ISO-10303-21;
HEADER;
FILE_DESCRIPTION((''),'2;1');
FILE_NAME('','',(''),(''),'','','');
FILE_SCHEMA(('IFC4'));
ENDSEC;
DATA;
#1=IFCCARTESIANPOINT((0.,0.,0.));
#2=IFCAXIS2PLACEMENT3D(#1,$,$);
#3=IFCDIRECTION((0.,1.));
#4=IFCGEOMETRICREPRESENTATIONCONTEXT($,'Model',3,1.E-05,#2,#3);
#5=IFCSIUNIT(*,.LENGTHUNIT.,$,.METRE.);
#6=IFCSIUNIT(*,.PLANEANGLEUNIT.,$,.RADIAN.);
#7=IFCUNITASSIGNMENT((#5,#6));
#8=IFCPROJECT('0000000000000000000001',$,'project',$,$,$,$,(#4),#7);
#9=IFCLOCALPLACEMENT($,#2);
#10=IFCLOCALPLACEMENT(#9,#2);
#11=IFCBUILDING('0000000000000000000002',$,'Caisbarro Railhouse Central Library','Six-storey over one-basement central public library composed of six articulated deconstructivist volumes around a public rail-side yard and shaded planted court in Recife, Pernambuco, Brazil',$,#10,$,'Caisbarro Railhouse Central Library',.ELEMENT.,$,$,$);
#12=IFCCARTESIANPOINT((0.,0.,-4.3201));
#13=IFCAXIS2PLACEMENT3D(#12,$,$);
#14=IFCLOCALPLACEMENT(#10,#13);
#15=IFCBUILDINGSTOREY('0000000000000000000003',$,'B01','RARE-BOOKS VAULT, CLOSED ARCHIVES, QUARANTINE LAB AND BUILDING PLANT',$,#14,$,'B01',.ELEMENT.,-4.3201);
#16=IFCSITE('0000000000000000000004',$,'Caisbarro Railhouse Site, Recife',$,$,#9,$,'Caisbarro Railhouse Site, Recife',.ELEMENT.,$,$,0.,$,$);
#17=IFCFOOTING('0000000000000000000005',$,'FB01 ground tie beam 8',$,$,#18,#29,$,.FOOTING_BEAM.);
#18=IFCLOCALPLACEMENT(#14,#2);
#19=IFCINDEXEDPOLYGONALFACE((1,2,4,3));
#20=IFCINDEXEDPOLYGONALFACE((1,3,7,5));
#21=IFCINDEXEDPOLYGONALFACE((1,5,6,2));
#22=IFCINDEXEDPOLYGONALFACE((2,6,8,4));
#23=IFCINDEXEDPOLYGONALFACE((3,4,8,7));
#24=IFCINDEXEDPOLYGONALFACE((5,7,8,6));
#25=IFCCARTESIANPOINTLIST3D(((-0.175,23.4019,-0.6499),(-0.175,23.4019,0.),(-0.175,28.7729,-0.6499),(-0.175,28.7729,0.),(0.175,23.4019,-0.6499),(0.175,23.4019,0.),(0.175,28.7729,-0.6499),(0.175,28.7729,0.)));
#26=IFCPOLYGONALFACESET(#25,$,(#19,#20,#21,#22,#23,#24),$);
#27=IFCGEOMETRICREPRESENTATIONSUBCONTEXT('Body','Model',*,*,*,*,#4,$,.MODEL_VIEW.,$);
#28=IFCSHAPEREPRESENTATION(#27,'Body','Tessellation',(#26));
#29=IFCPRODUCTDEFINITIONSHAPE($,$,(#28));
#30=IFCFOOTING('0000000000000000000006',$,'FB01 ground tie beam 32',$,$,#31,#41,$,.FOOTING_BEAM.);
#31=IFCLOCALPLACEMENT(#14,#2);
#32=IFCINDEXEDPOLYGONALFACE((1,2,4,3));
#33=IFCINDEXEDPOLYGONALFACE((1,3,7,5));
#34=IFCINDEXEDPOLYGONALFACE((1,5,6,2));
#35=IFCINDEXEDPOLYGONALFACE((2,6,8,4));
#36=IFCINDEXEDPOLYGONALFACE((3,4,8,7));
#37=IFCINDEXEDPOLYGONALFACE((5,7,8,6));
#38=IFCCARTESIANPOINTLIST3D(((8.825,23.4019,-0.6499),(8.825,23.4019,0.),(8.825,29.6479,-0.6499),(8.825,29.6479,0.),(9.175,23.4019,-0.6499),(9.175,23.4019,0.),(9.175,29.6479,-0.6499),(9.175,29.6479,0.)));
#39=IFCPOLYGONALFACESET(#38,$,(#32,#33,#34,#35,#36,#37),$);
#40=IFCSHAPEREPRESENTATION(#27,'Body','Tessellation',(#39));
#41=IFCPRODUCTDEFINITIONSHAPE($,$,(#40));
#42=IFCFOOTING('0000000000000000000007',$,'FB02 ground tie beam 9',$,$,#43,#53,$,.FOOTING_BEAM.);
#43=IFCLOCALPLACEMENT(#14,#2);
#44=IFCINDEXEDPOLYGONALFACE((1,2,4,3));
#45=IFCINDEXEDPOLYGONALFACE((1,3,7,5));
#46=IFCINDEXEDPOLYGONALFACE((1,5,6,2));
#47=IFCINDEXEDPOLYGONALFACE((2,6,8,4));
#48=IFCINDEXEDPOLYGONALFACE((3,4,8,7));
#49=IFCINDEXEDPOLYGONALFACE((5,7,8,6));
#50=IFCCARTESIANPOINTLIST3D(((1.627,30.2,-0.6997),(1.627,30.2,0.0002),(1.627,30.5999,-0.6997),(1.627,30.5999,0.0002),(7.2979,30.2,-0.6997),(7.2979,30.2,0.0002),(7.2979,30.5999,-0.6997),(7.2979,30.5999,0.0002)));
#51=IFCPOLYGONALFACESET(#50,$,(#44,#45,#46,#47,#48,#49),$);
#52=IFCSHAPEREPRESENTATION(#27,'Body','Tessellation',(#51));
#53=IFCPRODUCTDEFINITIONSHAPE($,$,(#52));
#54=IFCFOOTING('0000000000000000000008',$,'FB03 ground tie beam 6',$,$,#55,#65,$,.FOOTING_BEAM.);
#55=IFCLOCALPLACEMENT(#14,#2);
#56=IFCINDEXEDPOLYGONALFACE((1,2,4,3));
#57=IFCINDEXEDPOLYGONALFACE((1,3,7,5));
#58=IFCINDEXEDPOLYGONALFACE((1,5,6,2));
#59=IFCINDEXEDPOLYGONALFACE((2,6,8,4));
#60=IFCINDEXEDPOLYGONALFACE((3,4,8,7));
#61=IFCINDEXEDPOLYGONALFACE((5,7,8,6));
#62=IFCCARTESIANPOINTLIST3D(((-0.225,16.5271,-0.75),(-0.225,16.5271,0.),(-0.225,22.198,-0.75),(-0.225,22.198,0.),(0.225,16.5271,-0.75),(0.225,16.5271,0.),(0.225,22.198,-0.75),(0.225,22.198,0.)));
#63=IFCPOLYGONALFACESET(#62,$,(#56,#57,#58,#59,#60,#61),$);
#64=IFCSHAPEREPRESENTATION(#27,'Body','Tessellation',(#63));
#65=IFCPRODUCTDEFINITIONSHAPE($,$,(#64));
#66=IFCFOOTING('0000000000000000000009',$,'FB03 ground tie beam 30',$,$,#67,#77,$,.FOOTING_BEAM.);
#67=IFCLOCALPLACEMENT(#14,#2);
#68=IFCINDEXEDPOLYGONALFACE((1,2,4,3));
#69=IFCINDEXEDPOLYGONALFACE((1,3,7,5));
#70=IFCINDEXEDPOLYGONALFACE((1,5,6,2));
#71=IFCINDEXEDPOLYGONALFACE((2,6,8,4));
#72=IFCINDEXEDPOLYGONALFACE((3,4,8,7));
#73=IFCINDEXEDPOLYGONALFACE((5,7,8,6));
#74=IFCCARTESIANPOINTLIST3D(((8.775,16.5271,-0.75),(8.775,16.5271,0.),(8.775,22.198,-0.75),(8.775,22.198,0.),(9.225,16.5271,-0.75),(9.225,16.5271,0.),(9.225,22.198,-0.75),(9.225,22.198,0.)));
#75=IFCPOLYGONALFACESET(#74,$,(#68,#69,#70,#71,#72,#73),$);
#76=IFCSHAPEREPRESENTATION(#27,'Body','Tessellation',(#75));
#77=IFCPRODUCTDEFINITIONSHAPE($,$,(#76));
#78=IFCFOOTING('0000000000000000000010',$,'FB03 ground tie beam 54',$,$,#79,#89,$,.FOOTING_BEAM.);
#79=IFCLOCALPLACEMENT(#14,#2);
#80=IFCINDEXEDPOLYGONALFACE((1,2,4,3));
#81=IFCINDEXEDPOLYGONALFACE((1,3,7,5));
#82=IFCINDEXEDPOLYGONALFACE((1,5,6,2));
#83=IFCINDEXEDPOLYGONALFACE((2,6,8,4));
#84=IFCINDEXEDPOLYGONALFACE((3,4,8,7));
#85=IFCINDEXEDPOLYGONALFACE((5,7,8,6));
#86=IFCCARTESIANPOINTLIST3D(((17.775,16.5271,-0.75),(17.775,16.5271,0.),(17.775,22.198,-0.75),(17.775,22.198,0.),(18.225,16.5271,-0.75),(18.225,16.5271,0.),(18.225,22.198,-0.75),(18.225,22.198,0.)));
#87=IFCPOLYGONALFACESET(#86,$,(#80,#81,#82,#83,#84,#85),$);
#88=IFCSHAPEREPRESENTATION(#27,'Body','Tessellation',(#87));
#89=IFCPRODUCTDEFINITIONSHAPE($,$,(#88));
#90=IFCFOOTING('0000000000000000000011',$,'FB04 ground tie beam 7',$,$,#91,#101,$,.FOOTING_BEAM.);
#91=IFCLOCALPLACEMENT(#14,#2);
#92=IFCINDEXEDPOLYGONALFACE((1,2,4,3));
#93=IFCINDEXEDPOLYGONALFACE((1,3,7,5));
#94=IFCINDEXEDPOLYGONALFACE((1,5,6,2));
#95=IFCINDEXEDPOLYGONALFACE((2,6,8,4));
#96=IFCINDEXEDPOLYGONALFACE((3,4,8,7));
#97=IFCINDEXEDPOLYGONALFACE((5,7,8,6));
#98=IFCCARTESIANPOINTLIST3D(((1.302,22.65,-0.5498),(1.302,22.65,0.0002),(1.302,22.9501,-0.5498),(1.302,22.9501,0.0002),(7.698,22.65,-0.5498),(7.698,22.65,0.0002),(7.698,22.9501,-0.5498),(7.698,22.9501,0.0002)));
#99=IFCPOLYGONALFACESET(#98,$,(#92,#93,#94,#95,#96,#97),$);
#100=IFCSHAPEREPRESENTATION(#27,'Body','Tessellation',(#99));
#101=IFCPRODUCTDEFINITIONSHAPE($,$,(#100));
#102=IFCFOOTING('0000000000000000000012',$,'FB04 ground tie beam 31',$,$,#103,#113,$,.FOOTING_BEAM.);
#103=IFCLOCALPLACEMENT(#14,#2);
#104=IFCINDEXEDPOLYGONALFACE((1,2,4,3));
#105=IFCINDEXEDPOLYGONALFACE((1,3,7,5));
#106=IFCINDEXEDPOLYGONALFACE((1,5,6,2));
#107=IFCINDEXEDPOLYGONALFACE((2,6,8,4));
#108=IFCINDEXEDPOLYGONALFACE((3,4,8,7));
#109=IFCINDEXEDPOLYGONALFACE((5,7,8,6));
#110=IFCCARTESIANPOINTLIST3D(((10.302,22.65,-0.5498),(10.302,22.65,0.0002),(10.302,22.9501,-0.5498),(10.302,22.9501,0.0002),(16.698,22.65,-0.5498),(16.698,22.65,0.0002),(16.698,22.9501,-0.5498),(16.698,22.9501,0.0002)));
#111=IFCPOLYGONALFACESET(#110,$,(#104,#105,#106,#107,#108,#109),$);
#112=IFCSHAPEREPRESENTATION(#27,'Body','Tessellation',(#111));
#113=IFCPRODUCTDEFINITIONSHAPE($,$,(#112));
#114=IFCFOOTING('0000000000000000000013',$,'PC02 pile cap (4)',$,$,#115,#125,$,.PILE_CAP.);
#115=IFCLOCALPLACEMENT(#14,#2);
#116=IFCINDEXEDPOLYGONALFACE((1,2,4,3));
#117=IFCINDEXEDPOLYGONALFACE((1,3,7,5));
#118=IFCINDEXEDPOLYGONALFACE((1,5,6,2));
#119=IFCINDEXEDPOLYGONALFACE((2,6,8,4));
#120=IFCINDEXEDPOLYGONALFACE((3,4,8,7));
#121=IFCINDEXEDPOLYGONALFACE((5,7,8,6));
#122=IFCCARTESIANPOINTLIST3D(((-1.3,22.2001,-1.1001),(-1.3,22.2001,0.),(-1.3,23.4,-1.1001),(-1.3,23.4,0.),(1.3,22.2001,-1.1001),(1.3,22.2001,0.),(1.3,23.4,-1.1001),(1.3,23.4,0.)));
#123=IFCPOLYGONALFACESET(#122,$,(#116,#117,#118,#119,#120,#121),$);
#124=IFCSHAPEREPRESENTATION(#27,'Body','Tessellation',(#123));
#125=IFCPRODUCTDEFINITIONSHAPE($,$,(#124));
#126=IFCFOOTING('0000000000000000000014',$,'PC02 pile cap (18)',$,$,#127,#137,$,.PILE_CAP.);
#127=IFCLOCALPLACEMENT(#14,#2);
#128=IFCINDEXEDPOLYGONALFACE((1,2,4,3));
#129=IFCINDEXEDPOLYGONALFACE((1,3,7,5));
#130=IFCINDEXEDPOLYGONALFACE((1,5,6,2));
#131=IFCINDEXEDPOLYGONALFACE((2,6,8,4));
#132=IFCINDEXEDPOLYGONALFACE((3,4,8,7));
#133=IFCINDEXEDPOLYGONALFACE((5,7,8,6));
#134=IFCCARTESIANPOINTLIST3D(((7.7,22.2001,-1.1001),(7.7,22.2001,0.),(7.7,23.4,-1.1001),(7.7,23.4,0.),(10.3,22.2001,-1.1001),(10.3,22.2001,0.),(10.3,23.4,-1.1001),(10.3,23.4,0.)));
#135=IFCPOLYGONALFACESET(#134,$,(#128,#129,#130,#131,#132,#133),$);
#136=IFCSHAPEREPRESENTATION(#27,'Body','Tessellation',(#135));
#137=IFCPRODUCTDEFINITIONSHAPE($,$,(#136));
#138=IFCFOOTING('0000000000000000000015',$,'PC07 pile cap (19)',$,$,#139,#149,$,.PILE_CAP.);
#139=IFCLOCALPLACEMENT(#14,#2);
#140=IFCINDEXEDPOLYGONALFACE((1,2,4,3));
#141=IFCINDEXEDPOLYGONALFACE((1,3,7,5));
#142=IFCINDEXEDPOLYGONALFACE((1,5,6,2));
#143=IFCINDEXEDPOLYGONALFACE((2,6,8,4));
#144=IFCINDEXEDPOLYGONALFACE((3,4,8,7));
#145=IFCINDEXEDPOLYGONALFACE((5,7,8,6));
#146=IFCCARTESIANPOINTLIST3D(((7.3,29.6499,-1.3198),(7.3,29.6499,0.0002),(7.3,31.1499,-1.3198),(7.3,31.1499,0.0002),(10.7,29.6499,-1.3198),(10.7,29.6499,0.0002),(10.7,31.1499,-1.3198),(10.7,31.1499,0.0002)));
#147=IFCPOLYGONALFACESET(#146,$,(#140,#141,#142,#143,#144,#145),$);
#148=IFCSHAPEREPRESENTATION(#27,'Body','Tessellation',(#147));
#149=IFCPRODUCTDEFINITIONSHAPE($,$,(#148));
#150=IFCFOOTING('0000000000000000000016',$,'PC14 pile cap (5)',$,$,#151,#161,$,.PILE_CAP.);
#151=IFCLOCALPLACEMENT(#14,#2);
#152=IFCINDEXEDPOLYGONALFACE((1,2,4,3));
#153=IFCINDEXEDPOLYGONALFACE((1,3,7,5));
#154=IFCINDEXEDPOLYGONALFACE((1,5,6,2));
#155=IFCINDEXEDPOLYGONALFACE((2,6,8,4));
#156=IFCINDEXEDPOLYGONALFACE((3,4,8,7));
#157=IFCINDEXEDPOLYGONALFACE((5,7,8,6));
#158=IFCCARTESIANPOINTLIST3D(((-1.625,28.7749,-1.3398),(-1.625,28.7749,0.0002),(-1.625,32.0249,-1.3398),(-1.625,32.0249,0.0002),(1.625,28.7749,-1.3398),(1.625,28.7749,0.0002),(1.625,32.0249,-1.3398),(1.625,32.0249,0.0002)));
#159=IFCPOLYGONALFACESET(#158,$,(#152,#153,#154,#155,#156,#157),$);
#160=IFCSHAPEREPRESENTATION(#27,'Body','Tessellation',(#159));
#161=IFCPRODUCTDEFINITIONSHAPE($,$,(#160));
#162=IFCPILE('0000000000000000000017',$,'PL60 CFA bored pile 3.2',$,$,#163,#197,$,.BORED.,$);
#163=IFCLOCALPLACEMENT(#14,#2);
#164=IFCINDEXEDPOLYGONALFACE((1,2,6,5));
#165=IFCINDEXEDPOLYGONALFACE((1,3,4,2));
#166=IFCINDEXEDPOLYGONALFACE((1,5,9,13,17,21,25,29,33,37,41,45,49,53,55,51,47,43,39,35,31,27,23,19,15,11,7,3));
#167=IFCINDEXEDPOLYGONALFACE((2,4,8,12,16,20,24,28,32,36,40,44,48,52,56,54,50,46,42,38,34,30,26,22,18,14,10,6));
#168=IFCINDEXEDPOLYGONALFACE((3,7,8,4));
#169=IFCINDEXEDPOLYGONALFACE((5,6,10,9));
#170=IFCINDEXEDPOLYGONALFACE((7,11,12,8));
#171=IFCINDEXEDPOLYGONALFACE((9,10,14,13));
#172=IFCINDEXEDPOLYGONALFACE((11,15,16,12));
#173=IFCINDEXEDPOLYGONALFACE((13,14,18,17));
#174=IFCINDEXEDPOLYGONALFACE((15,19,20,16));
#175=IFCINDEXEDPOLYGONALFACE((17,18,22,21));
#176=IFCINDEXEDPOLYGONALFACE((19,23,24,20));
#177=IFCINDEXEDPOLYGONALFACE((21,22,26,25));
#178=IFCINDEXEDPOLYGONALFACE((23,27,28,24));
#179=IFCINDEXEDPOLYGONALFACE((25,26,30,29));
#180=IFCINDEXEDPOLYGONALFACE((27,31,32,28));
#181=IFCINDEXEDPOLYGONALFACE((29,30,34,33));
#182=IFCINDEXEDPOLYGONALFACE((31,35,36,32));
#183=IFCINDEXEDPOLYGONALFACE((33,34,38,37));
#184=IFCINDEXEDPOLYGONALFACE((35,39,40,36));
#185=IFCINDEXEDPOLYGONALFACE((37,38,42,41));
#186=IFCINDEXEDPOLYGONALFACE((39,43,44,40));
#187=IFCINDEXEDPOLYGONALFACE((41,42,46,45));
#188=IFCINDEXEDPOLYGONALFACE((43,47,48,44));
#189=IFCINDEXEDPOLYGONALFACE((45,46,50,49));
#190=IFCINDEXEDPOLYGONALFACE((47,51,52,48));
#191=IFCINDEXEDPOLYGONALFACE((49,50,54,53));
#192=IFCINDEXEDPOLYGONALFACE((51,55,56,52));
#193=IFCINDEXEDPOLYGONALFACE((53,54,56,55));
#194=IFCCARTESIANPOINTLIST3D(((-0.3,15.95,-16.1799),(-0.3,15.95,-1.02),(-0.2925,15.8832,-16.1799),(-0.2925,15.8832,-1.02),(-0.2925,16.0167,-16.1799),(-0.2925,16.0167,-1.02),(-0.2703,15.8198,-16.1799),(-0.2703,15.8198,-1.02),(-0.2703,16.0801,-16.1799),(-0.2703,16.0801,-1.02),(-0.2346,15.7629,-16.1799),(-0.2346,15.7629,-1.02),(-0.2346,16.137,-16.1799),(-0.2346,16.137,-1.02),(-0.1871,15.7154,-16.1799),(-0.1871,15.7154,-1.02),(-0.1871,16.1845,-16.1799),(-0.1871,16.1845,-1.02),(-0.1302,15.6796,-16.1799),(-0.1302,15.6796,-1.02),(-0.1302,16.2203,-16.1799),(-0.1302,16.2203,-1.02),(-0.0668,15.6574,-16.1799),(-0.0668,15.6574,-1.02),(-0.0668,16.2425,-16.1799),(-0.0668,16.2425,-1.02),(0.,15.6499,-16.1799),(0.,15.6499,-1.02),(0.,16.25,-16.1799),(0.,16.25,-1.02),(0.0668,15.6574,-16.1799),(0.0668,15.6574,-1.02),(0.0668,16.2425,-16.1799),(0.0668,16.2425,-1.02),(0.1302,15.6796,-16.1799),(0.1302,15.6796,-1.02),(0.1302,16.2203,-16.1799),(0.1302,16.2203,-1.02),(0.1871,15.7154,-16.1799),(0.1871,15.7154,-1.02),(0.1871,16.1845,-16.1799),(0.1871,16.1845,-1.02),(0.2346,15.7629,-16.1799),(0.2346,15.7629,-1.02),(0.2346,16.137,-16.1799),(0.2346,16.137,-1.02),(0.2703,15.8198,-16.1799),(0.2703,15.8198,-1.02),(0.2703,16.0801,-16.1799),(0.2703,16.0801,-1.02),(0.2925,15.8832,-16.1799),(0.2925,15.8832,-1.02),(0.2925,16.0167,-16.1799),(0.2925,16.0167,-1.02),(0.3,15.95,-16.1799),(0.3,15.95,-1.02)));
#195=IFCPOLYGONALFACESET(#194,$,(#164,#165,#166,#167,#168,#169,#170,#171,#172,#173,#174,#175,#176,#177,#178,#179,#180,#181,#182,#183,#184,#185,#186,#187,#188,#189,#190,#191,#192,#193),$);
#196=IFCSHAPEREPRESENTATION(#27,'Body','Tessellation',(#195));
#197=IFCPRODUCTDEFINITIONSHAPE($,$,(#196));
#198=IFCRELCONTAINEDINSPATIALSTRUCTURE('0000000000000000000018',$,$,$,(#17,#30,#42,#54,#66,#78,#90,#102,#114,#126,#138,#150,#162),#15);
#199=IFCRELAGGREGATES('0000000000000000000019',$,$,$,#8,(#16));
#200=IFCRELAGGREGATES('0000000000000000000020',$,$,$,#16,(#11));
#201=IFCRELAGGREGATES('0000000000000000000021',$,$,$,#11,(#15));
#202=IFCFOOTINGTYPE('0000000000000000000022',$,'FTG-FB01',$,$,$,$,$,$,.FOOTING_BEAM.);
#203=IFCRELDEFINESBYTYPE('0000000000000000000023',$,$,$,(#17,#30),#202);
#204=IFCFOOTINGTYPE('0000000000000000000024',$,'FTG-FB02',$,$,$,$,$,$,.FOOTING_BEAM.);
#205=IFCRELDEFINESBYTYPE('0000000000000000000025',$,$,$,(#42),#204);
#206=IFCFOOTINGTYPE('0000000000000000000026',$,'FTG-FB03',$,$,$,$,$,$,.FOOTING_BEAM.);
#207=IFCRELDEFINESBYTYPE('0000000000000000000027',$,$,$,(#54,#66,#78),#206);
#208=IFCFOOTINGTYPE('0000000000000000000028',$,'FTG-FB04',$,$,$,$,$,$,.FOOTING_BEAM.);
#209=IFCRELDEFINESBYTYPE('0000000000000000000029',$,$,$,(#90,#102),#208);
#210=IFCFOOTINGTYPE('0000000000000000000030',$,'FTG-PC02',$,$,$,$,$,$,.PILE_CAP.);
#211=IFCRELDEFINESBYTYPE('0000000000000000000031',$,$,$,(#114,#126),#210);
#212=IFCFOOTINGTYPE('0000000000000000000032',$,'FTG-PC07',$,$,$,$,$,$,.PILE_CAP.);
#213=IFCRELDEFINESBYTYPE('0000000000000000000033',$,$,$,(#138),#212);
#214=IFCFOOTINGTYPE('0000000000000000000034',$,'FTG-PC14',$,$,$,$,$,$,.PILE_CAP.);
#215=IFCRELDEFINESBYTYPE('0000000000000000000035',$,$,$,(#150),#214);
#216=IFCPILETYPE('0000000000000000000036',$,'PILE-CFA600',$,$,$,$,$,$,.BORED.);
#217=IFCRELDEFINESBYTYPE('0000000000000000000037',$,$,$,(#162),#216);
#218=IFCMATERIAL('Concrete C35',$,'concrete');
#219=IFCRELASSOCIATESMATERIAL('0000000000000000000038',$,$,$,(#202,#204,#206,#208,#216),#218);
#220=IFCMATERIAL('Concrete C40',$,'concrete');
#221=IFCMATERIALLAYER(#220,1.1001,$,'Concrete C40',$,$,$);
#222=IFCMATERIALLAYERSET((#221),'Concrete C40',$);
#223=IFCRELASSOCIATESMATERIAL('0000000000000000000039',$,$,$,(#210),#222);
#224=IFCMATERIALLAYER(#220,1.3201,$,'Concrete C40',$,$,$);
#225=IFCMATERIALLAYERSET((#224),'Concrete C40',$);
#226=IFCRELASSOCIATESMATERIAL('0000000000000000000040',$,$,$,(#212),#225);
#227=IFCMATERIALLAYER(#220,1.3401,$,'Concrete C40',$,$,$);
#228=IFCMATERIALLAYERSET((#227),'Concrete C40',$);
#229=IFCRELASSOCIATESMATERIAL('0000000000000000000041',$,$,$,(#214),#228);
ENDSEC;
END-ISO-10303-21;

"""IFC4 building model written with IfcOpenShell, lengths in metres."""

from ifc_helpers import new_model, si_unit, direction, frame, origin, origin_2d, place, context, subcontext, project, spatial, rectangle, circle, extrude, material, layer, layer_set, material_profile, profile_set, type_object, element, save


model = new_model("IFC4")

# Units and contexts
model_context = context("Model", 3, precision=1e-05, world=origin(), true_north=direction((0.0, 1.0)))
body_context = subcontext(model_context, "Body", "Model", "MODEL_VIEW")
ifc_project = project(units=[si_unit("LENGTHUNIT", "METRE"), si_unit("PLANEANGLEUNIT", "RADIAN")], contexts=[model_context])

# Site, building, storey
site_placement = place(None, origin())
site = spatial("IfcSite", under=ifc_project, at=site_placement, Name="Caisbarro Railhouse Site, Recife", LongName="Caisbarro Railhouse Site, Recife", CompositionType="ELEMENT", RefElevation=0.0)
building_placement = place(site_placement, origin())
building = spatial("IfcBuilding", under=site, at=building_placement, Name="Caisbarro Railhouse Central Library", Description="Six-storey over one-basement central public library composed of six articulated deconstructivist volumes around a public rail-side yard and shaded planted court in Recife, Pernambuco, Brazil", LongName="Caisbarro Railhouse Central Library", CompositionType="ELEMENT")
storey_placement = place(building_placement, frame((0.0, 0.0, -4.3201)))
storey = spatial("IfcBuildingStorey", under=building, at=storey_placement, Name="B01", Description="RARE-BOOKS VAULT, CLOSED ARCHIVES, QUARANTINE LAB AND BUILDING PLANT", LongName="B01", CompositionType="ELEMENT", Elevation=-4.3201)

# Footings
ifc_material_1 = material(Name="Concrete C35", Category="concrete")
footing_type_1 = type_object("IfcFootingType", Name="FTG-FB01", PredefinedType="FOOTING_BEAM", material=ifc_material_1)
footing_1_placement = place(storey_placement, frame((0.0, 26.0874, -0.6499), z_axis=(0.0, 0.0, 1.0), x_axis=(0.0, 1.0, 0.0)))
element("IfcFooting", 1, at=footing_1_placement, inside=storey, type_object=footing_type_1, Name="FB01 ground tie beam 8", PredefinedType="FOOTING_BEAM", context=body_context, shape_type="SweptSolid", body=[
    extrude(rectangle(XDim=5.3711, YDim=0.3501, at=origin_2d()), origin(), (0.0, 0.0, 1.0), 0.6499),
])
footing_2_placement = place(storey_placement, frame((9.0, 26.5249, -0.6499), z_axis=(0.0, 0.0, 1.0), x_axis=(0.0, 1.0, 0.0)))
element("IfcFooting", 2, at=footing_2_placement, inside=storey, type_object=footing_type_1, Name="FB01 ground tie beam 32", PredefinedType="FOOTING_BEAM", context=body_context, shape_type="SweptSolid", body=[
    extrude(rectangle(XDim=6.2461, YDim=0.3501, at=origin_2d()), origin(), (0.0, 0.0, 1.0), 0.6499),
])
footing_type_2 = type_object("IfcFootingType", Name="FTG-FB02", PredefinedType="FOOTING_BEAM", material=ifc_material_1)
footing_3_placement = place(storey_placement, frame((4.4624, 30.3999, -0.6997), z_axis=(0.0, 0.0, 1.0), x_axis=(1.0, 0.0, 0.0)))
element("IfcFooting", 3, at=footing_3_placement, inside=storey, type_object=footing_type_2, Name="FB02 ground tie beam 9", PredefinedType="FOOTING_BEAM", context=body_context, shape_type="SweptSolid", body=[
    extrude(rectangle(XDim=5.6709, YDim=0.3999, at=origin_2d()), origin(), (0.0, 0.0, 1.0), 0.7),
])
footing_type_3 = type_object("IfcFootingType", Name="FTG-FB03", PredefinedType="FOOTING_BEAM", material=ifc_material_1)
for number, where, z_axis, x_axis, name in (
    (4, (0.0, 19.3625, -0.75), (0.0, 0.0, 1.0), (0.0, 1.0, 0.0), "FB03 ground tie beam 6"),
    (5, (9.0, 19.3625, -0.75), (0.0, 0.0, 1.0), (0.0, 1.0, 0.0), "FB03 ground tie beam 30"),
    (6, (18.0, 19.3625, -0.75), (0.0, 0.0, 1.0), (0.0, 1.0, 0.0), "FB03 ground tie beam 54"),
):
    element("IfcFooting", number, at=place(storey_placement, frame(where, z_axis=z_axis, x_axis=x_axis)), inside=storey, type_object=footing_type_3, Name=name, PredefinedType="FOOTING_BEAM", context=body_context, shape_type="SweptSolid", body=[
        extrude(rectangle(XDim=5.6709, YDim=0.45, at=origin_2d()), origin(), (0.0, 0.0, 1.0), 0.75),
    ])
footing_type_4 = type_object("IfcFootingType", Name="FTG-FB04", PredefinedType="FOOTING_BEAM", material=ifc_material_1)
for number, where, z_axis, x_axis, name in (
    (7, (4.5, 22.8, -0.5498), (0.0, 0.0, 1.0), (1.0, 0.0, 0.0), "FB04 ground tie beam 7"),
    (8, (13.5, 22.8, -0.5498), (0.0, 0.0, 1.0), (1.0, 0.0, 0.0), "FB04 ground tie beam 31"),
):
    element("IfcFooting", number, at=place(storey_placement, frame(where, z_axis=z_axis, x_axis=x_axis)), inside=storey, type_object=footing_type_4, Name=name, PredefinedType="FOOTING_BEAM", context=body_context, shape_type="SweptSolid", body=[
        extrude(rectangle(XDim=6.396, YDim=0.3, at=origin_2d()), origin(), (0.0, 0.0, 1.0), 0.55),
    ])
ifc_material_2 = material(Name="Concrete C40", Category="concrete")
ifc_layer_1 = layer(ifc_material_2, 1.1001, Name="Concrete C40")
ifc_layer_set_1 = layer_set([ifc_layer_1], Name="Concrete C40")
footing_type_5 = type_object("IfcFootingType", Name="FTG-PC02", PredefinedType="PILE_CAP", material=ifc_layer_set_1)
for number, where, z_axis, x_axis, name in (
    (9, (0.0, 22.8, -1.1001), (0.0, 0.0, 1.0), (1.0, 0.0, 0.0), "PC02 pile cap (4)"),
    (10, (9.0, 22.8, -1.1001), (0.0, 0.0, 1.0), (1.0, 0.0, 0.0), "PC02 pile cap (18)"),
):
    element("IfcFooting", number, at=place(storey_placement, frame(where, z_axis=z_axis, x_axis=x_axis)), inside=storey, type_object=footing_type_5, Name=name, PredefinedType="PILE_CAP", context=body_context, shape_type="SweptSolid", body=[
        extrude(rectangle(XDim=2.6001, YDim=1.2, at=origin_2d()), origin(), (0.0, 0.0, 1.0), 1.1001),
    ])
ifc_layer_2 = layer(ifc_material_2, 1.3201, Name="Concrete C40")
ifc_layer_set_2 = layer_set([ifc_layer_2], Name="Concrete C40")
footing_type_6 = type_object("IfcFootingType", Name="FTG-PC07", PredefinedType="PILE_CAP", material=ifc_layer_set_2)
footing_4_placement = place(storey_placement, frame((9.0, 30.3999, -1.3198), z_axis=(0.0, 0.0, 1.0), x_axis=(1.0, 0.0, 0.0)))
element("IfcFooting", 11, at=footing_4_placement, inside=storey, type_object=footing_type_6, Name="PC07 pile cap (19)", PredefinedType="PILE_CAP", context=body_context, shape_type="SweptSolid", body=[
    extrude(rectangle(XDim=3.3999, YDim=1.5, at=origin_2d()), origin(), (0.0, 0.0, 1.0), 1.3201),
])
ifc_layer_3 = layer(ifc_material_2, 1.3401, Name="Concrete C40")
ifc_layer_set_3 = layer_set([ifc_layer_3], Name="Concrete C40")
footing_type_7 = type_object("IfcFootingType", Name="FTG-PC14", PredefinedType="PILE_CAP", material=ifc_layer_set_3)
footing_5_placement = place(storey_placement, frame((0.0, 30.3999, -1.3398), z_axis=(0.0, 0.0, 1.0), x_axis=(1.0, 0.0, 0.0)))
element("IfcFooting", 12, at=footing_5_placement, inside=storey, type_object=footing_type_7, Name="PC14 pile cap (5)", PredefinedType="PILE_CAP", context=body_context, shape_type="SweptSolid", body=[
    extrude(rectangle(XDim=3.25, YDim=3.25, at=origin_2d()), origin(), (0.0, 0.0, 1.0), 1.3401),
])

# Pile
ifc_material_profile_1 = material_profile(ifc_material_1, circle(Radius=0.3, at=origin_2d()), Name="PILE-CFA-600")
ifc_profile_set_1 = profile_set([ifc_material_profile_1], Name="Concrete C35")
pile_type_1 = type_object("IfcPileType", Name="PILE-CFA600", PredefinedType="BORED", material=ifc_profile_set_1)
pile_1_placement = place(storey_placement, frame((0.0, 15.95, -1.02), z_axis=(0.0, 0.0, -1.0), x_axis=(1.0, 0.0, 0.0)))
element("IfcPile", 13, at=pile_1_placement, inside=storey, type_object=pile_type_1, Name="PL60 CFA bored pile 3.2", PredefinedType="BORED", context=body_context, shape_type="SweptSolid", body=[
    extrude(circle(Radius=0.3, at=origin_2d()), origin(), (0.0, 0.0, 1.0), 15.1599),
])

save(model, "model.ifc")
